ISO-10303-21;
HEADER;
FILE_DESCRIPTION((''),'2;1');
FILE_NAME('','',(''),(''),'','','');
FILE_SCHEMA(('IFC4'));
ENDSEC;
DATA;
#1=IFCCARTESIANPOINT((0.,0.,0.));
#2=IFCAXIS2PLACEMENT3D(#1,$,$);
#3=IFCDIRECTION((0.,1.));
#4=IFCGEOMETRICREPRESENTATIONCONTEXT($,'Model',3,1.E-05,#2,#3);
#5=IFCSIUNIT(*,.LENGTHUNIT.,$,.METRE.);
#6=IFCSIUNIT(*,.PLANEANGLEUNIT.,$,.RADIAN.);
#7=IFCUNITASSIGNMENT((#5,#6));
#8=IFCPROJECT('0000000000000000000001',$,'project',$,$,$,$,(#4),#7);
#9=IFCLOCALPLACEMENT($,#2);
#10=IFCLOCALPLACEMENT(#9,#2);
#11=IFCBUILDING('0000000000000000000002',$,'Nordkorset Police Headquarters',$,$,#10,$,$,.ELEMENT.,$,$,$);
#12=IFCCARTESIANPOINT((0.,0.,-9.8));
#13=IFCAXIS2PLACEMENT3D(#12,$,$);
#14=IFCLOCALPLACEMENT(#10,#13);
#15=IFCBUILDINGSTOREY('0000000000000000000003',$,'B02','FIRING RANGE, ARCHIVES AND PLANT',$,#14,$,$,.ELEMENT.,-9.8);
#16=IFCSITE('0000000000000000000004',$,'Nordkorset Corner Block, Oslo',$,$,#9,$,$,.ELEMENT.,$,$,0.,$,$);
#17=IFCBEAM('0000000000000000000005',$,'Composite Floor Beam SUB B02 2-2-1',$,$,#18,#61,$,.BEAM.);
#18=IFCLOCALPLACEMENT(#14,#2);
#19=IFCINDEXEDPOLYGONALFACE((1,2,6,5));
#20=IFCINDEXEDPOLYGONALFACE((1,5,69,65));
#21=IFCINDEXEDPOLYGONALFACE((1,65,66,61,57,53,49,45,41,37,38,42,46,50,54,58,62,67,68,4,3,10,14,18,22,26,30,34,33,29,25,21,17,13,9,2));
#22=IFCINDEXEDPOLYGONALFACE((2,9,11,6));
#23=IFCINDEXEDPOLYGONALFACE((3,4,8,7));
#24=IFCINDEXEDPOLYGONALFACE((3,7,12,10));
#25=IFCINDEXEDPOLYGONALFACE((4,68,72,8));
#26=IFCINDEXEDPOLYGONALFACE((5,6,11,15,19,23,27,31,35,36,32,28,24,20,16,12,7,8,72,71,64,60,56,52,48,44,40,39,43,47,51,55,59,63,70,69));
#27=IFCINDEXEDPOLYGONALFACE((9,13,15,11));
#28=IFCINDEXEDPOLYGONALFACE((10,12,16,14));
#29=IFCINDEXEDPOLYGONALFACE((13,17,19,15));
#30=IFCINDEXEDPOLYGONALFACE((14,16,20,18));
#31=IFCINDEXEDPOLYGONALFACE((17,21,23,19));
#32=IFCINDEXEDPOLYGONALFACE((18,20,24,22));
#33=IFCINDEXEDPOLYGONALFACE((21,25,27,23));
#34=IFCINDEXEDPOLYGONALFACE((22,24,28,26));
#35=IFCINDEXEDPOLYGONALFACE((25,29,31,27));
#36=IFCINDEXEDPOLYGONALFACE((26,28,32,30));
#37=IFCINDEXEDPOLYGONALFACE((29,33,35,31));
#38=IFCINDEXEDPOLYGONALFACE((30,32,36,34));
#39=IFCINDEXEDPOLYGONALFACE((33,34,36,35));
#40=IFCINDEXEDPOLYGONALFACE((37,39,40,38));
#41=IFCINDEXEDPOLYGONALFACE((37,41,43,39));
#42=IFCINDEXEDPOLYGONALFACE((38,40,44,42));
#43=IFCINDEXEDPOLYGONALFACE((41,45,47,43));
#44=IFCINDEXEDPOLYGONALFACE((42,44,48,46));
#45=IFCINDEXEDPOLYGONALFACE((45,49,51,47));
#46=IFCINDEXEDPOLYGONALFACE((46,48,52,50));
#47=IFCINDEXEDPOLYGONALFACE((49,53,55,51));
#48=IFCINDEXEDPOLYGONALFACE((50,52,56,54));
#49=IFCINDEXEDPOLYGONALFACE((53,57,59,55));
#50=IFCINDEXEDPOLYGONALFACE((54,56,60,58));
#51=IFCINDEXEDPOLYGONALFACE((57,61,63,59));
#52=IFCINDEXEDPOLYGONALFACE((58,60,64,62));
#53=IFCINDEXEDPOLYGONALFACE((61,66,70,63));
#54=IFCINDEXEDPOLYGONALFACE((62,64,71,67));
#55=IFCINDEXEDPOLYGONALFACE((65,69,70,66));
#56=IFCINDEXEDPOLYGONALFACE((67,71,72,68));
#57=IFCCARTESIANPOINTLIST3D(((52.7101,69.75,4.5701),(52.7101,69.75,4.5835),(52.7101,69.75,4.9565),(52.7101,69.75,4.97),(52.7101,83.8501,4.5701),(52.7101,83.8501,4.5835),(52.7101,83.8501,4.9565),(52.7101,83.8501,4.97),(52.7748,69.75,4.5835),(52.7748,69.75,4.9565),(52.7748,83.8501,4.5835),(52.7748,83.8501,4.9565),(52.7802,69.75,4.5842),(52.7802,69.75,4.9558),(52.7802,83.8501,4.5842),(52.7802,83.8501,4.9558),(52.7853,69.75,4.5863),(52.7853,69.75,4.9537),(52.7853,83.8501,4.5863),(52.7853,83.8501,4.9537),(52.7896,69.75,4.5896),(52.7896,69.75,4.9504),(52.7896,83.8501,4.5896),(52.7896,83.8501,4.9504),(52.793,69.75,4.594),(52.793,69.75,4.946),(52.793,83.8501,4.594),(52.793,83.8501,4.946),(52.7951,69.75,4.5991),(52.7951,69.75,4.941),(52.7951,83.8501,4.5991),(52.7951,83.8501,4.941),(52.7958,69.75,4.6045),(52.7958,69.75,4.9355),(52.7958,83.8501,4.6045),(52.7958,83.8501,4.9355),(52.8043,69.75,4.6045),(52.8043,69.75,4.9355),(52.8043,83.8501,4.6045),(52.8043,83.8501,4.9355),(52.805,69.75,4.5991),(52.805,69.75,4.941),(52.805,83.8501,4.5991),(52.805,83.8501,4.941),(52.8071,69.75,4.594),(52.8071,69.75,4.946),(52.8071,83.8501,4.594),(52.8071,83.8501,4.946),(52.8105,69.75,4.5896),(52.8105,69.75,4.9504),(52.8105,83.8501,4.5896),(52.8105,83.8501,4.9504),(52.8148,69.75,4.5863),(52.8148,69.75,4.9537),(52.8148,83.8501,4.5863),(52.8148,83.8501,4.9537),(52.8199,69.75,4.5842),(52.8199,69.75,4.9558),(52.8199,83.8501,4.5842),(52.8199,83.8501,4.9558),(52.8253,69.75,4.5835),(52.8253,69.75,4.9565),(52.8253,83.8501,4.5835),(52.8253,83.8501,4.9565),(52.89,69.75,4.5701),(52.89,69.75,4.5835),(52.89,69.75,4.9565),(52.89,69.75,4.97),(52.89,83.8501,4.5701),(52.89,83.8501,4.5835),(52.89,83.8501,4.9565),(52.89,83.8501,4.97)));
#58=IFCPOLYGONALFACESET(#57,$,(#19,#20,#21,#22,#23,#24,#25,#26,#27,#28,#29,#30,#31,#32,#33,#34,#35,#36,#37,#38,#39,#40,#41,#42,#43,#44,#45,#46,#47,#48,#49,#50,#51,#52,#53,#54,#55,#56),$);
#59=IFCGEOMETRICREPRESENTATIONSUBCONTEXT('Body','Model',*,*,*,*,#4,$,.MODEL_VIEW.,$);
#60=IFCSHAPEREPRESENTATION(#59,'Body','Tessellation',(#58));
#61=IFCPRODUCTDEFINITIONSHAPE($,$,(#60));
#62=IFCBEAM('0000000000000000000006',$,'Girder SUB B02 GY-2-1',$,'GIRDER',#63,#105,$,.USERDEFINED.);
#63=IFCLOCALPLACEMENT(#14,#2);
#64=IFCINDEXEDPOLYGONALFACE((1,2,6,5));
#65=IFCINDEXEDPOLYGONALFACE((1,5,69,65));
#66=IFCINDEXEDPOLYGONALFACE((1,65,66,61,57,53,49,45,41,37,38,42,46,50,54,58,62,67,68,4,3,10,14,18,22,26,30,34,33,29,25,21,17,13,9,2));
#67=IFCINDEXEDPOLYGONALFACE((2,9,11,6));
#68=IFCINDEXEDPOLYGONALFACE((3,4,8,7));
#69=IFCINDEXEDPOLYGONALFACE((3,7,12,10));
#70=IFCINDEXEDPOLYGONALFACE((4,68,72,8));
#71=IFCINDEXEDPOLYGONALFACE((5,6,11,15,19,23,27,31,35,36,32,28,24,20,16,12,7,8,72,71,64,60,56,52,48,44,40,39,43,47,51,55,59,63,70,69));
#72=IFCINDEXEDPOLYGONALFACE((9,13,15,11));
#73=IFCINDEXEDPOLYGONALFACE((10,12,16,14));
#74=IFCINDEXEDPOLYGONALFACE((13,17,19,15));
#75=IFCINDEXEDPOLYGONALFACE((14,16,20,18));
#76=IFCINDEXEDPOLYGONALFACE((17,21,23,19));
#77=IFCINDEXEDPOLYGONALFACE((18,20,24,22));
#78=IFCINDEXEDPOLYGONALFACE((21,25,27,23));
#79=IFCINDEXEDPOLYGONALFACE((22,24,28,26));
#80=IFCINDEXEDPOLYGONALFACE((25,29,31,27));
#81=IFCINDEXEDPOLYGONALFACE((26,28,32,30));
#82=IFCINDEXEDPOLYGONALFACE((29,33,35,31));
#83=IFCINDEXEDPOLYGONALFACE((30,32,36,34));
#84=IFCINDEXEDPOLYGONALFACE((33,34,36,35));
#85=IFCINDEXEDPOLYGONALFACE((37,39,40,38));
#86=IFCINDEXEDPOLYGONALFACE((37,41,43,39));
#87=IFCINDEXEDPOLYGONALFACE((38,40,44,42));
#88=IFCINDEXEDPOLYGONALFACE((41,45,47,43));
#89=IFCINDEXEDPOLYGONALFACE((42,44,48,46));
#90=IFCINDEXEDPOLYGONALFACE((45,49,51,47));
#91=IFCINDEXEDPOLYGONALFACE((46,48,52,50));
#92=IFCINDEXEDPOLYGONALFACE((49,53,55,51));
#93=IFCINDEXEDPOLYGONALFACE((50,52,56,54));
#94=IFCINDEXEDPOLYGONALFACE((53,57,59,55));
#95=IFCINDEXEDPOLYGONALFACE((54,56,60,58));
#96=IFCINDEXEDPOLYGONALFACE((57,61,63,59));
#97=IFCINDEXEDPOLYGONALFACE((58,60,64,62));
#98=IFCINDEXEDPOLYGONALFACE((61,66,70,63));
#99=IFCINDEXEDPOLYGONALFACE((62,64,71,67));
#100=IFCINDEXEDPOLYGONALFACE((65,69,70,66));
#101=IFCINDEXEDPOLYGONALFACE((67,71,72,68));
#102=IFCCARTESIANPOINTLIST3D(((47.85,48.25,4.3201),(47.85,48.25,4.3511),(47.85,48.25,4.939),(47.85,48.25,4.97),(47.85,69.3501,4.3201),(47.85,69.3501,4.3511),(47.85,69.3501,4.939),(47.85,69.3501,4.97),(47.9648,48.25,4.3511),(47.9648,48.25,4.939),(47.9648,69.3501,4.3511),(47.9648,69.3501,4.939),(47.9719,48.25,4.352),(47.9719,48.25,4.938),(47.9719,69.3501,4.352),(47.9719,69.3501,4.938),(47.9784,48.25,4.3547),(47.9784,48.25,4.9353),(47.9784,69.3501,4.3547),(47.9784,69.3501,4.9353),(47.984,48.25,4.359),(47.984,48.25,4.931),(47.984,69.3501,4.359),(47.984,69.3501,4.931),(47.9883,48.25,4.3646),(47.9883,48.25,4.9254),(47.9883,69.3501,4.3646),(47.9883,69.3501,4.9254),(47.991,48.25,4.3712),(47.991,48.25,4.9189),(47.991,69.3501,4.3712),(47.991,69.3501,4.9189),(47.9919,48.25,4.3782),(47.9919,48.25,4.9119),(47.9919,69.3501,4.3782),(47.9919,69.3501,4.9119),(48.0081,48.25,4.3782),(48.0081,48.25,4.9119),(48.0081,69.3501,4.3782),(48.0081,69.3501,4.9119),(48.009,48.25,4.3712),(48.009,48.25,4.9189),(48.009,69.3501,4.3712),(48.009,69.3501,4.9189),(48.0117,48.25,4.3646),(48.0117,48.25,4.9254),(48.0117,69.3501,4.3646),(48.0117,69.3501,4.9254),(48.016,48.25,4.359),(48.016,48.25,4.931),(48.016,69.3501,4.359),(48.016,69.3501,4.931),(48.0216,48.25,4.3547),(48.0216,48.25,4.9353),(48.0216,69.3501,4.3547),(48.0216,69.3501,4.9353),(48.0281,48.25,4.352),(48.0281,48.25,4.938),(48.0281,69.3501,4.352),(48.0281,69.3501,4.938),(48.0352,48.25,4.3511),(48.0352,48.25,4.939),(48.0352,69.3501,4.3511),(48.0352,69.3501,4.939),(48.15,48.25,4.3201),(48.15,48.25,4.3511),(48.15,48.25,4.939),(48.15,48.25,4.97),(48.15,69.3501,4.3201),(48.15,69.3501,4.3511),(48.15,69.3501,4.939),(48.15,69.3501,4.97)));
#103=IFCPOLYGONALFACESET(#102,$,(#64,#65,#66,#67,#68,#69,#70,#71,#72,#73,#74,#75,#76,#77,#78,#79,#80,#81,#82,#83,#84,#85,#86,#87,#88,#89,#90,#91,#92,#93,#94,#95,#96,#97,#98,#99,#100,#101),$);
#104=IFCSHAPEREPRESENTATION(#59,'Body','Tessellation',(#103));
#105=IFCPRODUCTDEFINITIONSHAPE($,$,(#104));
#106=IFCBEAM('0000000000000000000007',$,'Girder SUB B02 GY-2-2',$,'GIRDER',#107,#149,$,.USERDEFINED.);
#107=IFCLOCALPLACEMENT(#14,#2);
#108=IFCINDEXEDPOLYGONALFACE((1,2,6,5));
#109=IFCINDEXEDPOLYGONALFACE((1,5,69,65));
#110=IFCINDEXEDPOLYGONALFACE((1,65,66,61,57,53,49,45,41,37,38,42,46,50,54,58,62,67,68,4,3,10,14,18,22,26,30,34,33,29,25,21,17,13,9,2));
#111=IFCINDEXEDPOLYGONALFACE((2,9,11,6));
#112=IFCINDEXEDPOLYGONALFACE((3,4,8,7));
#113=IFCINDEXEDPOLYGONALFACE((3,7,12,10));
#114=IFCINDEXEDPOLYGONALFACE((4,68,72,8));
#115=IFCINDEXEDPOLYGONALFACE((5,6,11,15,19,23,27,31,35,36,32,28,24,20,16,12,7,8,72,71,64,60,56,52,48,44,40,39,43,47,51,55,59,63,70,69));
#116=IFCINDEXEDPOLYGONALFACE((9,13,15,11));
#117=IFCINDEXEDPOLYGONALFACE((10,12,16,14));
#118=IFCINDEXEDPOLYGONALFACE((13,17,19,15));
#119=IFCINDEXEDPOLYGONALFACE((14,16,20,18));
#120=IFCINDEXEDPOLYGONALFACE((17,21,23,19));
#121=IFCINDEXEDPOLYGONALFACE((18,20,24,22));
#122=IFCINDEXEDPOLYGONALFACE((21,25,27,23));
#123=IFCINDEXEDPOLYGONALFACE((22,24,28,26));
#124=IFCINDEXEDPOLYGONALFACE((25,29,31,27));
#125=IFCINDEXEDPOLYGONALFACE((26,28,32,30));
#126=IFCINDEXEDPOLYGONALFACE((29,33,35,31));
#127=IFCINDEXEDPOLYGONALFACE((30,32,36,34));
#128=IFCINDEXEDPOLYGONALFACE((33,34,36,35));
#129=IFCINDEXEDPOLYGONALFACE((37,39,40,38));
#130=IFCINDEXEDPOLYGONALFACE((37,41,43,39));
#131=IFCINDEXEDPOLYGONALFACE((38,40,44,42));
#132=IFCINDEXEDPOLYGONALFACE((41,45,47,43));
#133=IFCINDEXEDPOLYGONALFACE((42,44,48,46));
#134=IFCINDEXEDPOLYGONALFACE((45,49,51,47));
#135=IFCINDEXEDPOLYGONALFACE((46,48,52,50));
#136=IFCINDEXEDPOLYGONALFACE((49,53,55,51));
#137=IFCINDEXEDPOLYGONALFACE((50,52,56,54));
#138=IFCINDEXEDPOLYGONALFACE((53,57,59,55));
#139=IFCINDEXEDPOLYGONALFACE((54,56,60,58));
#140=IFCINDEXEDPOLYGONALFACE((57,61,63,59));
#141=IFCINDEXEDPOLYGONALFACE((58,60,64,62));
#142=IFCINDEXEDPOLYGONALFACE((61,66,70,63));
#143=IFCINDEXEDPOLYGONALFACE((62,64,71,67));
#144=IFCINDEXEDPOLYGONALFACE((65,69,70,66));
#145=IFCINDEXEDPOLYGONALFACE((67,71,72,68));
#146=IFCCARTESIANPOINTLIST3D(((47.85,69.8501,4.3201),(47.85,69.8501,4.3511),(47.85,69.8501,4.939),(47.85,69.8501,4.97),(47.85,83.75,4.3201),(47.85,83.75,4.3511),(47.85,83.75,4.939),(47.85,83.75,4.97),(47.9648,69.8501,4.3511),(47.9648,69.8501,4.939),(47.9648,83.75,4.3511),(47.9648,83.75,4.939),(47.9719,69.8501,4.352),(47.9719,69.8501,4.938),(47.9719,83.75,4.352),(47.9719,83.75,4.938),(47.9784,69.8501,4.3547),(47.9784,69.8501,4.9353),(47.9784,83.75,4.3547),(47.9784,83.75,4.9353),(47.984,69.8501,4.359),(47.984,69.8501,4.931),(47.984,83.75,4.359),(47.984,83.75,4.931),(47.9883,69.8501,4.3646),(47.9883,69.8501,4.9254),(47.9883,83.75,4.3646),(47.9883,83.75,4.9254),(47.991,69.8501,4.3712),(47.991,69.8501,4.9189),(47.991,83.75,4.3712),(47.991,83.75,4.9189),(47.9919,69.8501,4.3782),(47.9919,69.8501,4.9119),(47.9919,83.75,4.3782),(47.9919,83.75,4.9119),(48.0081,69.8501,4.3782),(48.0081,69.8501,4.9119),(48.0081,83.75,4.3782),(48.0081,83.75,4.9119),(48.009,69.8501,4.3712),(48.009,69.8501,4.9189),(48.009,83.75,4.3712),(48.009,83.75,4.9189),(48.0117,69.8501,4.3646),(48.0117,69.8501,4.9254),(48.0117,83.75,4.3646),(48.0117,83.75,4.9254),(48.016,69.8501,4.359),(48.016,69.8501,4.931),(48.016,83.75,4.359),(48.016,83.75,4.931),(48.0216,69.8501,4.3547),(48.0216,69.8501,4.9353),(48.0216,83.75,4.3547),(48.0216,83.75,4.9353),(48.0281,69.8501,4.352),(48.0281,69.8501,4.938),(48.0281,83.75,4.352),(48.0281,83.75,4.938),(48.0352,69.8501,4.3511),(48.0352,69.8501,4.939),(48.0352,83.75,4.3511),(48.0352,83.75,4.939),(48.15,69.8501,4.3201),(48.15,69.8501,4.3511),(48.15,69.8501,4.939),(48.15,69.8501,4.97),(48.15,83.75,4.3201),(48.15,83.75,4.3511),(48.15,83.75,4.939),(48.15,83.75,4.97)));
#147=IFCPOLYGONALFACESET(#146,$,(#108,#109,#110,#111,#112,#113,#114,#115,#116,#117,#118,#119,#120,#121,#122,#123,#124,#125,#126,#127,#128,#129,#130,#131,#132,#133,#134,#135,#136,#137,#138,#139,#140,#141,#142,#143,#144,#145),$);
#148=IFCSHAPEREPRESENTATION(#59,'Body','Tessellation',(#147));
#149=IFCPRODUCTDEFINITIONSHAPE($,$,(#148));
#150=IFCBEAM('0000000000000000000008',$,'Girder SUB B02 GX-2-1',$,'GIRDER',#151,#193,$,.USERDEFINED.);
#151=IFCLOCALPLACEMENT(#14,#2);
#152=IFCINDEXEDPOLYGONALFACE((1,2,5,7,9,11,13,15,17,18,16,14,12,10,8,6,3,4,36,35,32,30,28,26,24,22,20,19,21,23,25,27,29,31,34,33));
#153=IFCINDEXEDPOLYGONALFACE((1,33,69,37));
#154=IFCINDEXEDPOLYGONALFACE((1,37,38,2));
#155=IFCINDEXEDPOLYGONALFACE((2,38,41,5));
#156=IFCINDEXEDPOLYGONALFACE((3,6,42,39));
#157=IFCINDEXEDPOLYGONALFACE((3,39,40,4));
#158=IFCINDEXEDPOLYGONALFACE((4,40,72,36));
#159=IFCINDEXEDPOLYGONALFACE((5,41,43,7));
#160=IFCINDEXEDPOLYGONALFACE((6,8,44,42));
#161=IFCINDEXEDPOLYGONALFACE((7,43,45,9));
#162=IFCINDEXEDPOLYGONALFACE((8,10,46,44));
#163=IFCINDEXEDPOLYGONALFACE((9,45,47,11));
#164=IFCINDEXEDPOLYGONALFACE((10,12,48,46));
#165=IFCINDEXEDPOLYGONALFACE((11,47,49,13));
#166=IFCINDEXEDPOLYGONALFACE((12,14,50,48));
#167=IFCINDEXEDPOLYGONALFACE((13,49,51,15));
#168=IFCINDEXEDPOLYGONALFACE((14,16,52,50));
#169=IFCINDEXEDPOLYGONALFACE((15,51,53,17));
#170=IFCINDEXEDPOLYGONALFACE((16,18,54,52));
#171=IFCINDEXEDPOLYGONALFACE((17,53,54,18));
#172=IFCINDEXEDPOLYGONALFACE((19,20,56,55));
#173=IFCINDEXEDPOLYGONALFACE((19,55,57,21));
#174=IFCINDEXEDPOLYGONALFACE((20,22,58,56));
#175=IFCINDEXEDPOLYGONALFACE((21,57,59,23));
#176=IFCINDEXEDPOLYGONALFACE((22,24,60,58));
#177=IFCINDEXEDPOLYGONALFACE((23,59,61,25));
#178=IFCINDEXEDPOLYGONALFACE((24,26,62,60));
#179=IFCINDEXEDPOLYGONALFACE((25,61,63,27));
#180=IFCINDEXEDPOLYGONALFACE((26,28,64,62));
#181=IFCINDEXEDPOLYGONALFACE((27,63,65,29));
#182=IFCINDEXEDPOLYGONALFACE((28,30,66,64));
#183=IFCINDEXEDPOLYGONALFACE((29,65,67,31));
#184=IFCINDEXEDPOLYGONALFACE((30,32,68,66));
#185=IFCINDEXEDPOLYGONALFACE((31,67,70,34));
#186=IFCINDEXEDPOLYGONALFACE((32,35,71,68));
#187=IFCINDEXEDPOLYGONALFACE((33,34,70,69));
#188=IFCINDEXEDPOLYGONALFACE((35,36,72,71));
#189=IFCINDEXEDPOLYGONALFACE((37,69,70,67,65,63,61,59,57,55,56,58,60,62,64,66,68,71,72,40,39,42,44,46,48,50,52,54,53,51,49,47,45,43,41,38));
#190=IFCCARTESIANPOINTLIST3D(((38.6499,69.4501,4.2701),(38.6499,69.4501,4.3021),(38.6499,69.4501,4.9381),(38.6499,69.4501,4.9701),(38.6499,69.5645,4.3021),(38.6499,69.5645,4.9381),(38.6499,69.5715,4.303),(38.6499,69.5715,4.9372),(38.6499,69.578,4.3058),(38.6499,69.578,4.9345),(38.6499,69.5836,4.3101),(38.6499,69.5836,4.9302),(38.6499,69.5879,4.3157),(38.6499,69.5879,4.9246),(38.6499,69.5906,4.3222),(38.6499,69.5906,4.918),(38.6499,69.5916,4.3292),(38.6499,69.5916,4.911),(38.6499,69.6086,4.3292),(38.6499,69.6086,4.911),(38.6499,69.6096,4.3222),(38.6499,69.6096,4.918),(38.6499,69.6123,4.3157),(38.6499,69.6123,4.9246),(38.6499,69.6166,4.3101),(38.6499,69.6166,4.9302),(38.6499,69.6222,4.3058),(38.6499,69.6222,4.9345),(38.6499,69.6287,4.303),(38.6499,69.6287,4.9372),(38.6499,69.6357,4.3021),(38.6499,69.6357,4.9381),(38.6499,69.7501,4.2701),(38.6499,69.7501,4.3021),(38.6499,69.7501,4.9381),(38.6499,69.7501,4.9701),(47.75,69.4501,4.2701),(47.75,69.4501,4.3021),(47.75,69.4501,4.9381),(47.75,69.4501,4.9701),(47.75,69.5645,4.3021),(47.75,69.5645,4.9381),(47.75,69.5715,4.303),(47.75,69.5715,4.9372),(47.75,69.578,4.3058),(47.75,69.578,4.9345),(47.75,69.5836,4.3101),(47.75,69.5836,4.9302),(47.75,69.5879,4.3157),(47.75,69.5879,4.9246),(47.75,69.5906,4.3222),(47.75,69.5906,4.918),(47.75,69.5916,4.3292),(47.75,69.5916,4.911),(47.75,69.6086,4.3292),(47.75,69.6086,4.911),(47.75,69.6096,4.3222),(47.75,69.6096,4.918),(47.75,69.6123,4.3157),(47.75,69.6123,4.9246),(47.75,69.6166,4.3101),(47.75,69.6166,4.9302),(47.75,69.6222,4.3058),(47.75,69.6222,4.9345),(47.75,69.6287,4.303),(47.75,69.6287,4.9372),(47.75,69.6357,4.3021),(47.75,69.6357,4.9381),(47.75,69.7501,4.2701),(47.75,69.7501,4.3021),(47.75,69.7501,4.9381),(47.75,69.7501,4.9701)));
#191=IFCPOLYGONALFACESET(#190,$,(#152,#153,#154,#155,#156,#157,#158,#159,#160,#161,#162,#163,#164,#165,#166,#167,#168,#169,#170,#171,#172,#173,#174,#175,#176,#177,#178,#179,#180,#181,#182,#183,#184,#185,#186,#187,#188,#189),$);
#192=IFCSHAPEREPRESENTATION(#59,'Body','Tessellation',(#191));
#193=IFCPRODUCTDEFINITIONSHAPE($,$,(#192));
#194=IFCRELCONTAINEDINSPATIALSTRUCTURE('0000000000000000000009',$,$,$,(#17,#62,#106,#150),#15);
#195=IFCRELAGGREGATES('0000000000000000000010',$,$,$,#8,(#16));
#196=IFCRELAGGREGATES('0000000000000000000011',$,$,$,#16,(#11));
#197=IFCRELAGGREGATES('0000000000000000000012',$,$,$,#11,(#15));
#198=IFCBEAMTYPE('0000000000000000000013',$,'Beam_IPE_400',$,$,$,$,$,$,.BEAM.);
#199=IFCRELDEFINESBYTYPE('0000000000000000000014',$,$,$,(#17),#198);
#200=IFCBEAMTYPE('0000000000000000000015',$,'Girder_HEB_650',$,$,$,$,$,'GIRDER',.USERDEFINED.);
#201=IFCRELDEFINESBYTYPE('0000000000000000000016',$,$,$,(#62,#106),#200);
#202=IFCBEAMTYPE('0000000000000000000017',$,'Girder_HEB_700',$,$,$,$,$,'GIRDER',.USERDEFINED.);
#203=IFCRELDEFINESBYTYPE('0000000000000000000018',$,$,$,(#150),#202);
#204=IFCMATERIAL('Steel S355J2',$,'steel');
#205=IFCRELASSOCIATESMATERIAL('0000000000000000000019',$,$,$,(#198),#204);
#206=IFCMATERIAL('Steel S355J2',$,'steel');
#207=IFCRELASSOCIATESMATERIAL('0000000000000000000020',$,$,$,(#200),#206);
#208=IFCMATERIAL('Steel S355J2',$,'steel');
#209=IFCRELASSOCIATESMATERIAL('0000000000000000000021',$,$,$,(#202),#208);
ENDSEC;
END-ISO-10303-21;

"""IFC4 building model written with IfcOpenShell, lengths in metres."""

from ifc_helpers import new_model, si_unit, direction, frame, origin, origin_2d, place, context, subcontext, project, spatial, i_section, extrude, material, material_profile, profile_set, type_object, element, save


model = new_model("IFC4")

# Units and contexts
model_context = context("Model", 3, precision=1e-05, world=origin(), true_north=direction((0.0, 1.0)))
body_context = subcontext(model_context, "Body", "Model", "MODEL_VIEW")
ifc_project = project(units=[si_unit("LENGTHUNIT", "METRE"), si_unit("PLANEANGLEUNIT", "RADIAN")], contexts=[model_context])

# Site, building, storey
site_placement = place(None, origin())
site = spatial("IfcSite", under=ifc_project, at=site_placement, Name="Nordkorset Corner Block, Oslo", CompositionType="ELEMENT", RefElevation=0.0)
building_placement = place(site_placement, origin())
building = spatial("IfcBuilding", under=site, at=building_placement, Name="Nordkorset Police Headquarters", CompositionType="ELEMENT")
storey_placement = place(building_placement, frame((0.0, 0.0, -9.8)))
storey = spatial("IfcBuildingStorey", under=building, at=storey_placement, Name="B02", Description="FIRING RANGE, ARCHIVES AND PLANT", CompositionType="ELEMENT", Elevation=-9.8)

# Beams
ifc_material_1 = material(Name="Steel S355J2", Category="steel")
ifc_material_profile_1 = material_profile(ifc_material_1, i_section(OverallWidth=0.1799, OverallDepth=0.3999, WebThickness=0.0085, FlangeThickness=0.0134, FilletRadius=0.021, at=origin_2d()), Name="IPE 400")
ifc_profile_set_1 = profile_set([ifc_material_profile_1], Name="Steel S355J2")
beam_type_1 = type_object("IfcBeamType", Name="Beam_IPE_400", PredefinedType="BEAM", material=ifc_profile_set_1)
beam_1_placement = place(storey_placement, frame((52.8, 69.75, 4.77), z_axis=(0.0, 1.0, 0.0), x_axis=(-1.0, 0.0, 0.0)))
element("IfcBeam", 1, at=beam_1_placement, inside=storey, type_object=beam_type_1, Name="Composite Floor Beam SUB B02 2-2-1", PredefinedType="BEAM", context=body_context, shape_type="SweptSolid", body=[
    extrude(i_section(OverallWidth=0.1799, OverallDepth=0.3999, WebThickness=0.0085, FlangeThickness=0.0134, FilletRadius=0.021, at=origin_2d()), origin(), (0.0, 0.0, 1.0), 14.1001),
])
ifc_material_2 = material(Name="Steel S355J2", Category="steel")
ifc_material_profile_2 = material_profile(ifc_material_2, i_section(OverallWidth=0.3, OverallDepth=0.6499, WebThickness=0.0161, FlangeThickness=0.031, FilletRadius=0.0271, at=origin_2d()), Name="HEB 650")
ifc_profile_set_2 = profile_set([ifc_material_profile_2], Name="Steel S355J2")
beam_type_2 = type_object("IfcBeamType", Name="Girder_HEB_650", ElementType="GIRDER", PredefinedType="USERDEFINED", material=ifc_profile_set_2)
beam_2_placement = place(storey_placement, frame((48.0, 48.25, 4.645), z_axis=(0.0, 1.0, 0.0), x_axis=(-1.0, 0.0, 0.0)))
element("IfcBeam", 2, at=beam_2_placement, inside=storey, type_object=beam_type_2, Name="Girder SUB B02 GY-2-1", ObjectType="GIRDER", PredefinedType="USERDEFINED", context=body_context, shape_type="SweptSolid", body=[
    extrude(i_section(OverallWidth=0.3, OverallDepth=0.6499, WebThickness=0.0161, FlangeThickness=0.031, FilletRadius=0.0271, at=origin_2d()), origin(), (0.0, 0.0, 1.0), 21.1001),
])
beam_3_placement = place(storey_placement, frame((48.0, 69.8501, 4.645), z_axis=(0.0, 1.0, 0.0), x_axis=(-1.0, 0.0, 0.0)))
element("IfcBeam", 3, at=beam_3_placement, inside=storey, type_object=beam_type_2, Name="Girder SUB B02 GY-2-2", ObjectType="GIRDER", PredefinedType="USERDEFINED", context=body_context, shape_type="SweptSolid", body=[
    extrude(i_section(OverallWidth=0.3, OverallDepth=0.6499, WebThickness=0.0161, FlangeThickness=0.031, FilletRadius=0.0271, at=origin_2d()), origin(), (0.0, 0.0, 1.0), 13.8999),
])
ifc_material_3 = material(Name="Steel S355J2", Category="steel")
ifc_material_profile_3 = material_profile(ifc_material_3, i_section(OverallWidth=0.3, OverallDepth=0.7, WebThickness=0.0171, FlangeThickness=0.032, FilletRadius=0.0271, at=origin_2d()), Name="HEB 700")
ifc_profile_set_3 = profile_set([ifc_material_profile_3], Name="Steel S355J2")
beam_type_3 = type_object("IfcBeamType", Name="Girder_HEB_700", ElementType="GIRDER", PredefinedType="USERDEFINED", material=ifc_profile_set_3)
for number, where, z_axis, x_axis, name in (
    (4, (38.6499, 69.6001, 4.6201), (1.0, 0.0, 0.0), (0.0, 1.0, 0.0), "Girder SUB B02 GX-2-1"),
):
    element("IfcBeam", number, at=place(storey_placement, frame(where, z_axis=z_axis, x_axis=x_axis)), inside=storey, type_object=beam_type_3, Name=name, ObjectType="GIRDER", PredefinedType="USERDEFINED", context=body_context, shape_type="SweptSolid", body=[
        extrude(i_section(OverallWidth=0.3, OverallDepth=0.7, WebThickness=0.0171, FlangeThickness=0.032, FilletRadius=0.0271, at=origin_2d()), origin(), (0.0, 0.0, 1.0), 9.1001),
    ])

save(model, "model.ifc")
